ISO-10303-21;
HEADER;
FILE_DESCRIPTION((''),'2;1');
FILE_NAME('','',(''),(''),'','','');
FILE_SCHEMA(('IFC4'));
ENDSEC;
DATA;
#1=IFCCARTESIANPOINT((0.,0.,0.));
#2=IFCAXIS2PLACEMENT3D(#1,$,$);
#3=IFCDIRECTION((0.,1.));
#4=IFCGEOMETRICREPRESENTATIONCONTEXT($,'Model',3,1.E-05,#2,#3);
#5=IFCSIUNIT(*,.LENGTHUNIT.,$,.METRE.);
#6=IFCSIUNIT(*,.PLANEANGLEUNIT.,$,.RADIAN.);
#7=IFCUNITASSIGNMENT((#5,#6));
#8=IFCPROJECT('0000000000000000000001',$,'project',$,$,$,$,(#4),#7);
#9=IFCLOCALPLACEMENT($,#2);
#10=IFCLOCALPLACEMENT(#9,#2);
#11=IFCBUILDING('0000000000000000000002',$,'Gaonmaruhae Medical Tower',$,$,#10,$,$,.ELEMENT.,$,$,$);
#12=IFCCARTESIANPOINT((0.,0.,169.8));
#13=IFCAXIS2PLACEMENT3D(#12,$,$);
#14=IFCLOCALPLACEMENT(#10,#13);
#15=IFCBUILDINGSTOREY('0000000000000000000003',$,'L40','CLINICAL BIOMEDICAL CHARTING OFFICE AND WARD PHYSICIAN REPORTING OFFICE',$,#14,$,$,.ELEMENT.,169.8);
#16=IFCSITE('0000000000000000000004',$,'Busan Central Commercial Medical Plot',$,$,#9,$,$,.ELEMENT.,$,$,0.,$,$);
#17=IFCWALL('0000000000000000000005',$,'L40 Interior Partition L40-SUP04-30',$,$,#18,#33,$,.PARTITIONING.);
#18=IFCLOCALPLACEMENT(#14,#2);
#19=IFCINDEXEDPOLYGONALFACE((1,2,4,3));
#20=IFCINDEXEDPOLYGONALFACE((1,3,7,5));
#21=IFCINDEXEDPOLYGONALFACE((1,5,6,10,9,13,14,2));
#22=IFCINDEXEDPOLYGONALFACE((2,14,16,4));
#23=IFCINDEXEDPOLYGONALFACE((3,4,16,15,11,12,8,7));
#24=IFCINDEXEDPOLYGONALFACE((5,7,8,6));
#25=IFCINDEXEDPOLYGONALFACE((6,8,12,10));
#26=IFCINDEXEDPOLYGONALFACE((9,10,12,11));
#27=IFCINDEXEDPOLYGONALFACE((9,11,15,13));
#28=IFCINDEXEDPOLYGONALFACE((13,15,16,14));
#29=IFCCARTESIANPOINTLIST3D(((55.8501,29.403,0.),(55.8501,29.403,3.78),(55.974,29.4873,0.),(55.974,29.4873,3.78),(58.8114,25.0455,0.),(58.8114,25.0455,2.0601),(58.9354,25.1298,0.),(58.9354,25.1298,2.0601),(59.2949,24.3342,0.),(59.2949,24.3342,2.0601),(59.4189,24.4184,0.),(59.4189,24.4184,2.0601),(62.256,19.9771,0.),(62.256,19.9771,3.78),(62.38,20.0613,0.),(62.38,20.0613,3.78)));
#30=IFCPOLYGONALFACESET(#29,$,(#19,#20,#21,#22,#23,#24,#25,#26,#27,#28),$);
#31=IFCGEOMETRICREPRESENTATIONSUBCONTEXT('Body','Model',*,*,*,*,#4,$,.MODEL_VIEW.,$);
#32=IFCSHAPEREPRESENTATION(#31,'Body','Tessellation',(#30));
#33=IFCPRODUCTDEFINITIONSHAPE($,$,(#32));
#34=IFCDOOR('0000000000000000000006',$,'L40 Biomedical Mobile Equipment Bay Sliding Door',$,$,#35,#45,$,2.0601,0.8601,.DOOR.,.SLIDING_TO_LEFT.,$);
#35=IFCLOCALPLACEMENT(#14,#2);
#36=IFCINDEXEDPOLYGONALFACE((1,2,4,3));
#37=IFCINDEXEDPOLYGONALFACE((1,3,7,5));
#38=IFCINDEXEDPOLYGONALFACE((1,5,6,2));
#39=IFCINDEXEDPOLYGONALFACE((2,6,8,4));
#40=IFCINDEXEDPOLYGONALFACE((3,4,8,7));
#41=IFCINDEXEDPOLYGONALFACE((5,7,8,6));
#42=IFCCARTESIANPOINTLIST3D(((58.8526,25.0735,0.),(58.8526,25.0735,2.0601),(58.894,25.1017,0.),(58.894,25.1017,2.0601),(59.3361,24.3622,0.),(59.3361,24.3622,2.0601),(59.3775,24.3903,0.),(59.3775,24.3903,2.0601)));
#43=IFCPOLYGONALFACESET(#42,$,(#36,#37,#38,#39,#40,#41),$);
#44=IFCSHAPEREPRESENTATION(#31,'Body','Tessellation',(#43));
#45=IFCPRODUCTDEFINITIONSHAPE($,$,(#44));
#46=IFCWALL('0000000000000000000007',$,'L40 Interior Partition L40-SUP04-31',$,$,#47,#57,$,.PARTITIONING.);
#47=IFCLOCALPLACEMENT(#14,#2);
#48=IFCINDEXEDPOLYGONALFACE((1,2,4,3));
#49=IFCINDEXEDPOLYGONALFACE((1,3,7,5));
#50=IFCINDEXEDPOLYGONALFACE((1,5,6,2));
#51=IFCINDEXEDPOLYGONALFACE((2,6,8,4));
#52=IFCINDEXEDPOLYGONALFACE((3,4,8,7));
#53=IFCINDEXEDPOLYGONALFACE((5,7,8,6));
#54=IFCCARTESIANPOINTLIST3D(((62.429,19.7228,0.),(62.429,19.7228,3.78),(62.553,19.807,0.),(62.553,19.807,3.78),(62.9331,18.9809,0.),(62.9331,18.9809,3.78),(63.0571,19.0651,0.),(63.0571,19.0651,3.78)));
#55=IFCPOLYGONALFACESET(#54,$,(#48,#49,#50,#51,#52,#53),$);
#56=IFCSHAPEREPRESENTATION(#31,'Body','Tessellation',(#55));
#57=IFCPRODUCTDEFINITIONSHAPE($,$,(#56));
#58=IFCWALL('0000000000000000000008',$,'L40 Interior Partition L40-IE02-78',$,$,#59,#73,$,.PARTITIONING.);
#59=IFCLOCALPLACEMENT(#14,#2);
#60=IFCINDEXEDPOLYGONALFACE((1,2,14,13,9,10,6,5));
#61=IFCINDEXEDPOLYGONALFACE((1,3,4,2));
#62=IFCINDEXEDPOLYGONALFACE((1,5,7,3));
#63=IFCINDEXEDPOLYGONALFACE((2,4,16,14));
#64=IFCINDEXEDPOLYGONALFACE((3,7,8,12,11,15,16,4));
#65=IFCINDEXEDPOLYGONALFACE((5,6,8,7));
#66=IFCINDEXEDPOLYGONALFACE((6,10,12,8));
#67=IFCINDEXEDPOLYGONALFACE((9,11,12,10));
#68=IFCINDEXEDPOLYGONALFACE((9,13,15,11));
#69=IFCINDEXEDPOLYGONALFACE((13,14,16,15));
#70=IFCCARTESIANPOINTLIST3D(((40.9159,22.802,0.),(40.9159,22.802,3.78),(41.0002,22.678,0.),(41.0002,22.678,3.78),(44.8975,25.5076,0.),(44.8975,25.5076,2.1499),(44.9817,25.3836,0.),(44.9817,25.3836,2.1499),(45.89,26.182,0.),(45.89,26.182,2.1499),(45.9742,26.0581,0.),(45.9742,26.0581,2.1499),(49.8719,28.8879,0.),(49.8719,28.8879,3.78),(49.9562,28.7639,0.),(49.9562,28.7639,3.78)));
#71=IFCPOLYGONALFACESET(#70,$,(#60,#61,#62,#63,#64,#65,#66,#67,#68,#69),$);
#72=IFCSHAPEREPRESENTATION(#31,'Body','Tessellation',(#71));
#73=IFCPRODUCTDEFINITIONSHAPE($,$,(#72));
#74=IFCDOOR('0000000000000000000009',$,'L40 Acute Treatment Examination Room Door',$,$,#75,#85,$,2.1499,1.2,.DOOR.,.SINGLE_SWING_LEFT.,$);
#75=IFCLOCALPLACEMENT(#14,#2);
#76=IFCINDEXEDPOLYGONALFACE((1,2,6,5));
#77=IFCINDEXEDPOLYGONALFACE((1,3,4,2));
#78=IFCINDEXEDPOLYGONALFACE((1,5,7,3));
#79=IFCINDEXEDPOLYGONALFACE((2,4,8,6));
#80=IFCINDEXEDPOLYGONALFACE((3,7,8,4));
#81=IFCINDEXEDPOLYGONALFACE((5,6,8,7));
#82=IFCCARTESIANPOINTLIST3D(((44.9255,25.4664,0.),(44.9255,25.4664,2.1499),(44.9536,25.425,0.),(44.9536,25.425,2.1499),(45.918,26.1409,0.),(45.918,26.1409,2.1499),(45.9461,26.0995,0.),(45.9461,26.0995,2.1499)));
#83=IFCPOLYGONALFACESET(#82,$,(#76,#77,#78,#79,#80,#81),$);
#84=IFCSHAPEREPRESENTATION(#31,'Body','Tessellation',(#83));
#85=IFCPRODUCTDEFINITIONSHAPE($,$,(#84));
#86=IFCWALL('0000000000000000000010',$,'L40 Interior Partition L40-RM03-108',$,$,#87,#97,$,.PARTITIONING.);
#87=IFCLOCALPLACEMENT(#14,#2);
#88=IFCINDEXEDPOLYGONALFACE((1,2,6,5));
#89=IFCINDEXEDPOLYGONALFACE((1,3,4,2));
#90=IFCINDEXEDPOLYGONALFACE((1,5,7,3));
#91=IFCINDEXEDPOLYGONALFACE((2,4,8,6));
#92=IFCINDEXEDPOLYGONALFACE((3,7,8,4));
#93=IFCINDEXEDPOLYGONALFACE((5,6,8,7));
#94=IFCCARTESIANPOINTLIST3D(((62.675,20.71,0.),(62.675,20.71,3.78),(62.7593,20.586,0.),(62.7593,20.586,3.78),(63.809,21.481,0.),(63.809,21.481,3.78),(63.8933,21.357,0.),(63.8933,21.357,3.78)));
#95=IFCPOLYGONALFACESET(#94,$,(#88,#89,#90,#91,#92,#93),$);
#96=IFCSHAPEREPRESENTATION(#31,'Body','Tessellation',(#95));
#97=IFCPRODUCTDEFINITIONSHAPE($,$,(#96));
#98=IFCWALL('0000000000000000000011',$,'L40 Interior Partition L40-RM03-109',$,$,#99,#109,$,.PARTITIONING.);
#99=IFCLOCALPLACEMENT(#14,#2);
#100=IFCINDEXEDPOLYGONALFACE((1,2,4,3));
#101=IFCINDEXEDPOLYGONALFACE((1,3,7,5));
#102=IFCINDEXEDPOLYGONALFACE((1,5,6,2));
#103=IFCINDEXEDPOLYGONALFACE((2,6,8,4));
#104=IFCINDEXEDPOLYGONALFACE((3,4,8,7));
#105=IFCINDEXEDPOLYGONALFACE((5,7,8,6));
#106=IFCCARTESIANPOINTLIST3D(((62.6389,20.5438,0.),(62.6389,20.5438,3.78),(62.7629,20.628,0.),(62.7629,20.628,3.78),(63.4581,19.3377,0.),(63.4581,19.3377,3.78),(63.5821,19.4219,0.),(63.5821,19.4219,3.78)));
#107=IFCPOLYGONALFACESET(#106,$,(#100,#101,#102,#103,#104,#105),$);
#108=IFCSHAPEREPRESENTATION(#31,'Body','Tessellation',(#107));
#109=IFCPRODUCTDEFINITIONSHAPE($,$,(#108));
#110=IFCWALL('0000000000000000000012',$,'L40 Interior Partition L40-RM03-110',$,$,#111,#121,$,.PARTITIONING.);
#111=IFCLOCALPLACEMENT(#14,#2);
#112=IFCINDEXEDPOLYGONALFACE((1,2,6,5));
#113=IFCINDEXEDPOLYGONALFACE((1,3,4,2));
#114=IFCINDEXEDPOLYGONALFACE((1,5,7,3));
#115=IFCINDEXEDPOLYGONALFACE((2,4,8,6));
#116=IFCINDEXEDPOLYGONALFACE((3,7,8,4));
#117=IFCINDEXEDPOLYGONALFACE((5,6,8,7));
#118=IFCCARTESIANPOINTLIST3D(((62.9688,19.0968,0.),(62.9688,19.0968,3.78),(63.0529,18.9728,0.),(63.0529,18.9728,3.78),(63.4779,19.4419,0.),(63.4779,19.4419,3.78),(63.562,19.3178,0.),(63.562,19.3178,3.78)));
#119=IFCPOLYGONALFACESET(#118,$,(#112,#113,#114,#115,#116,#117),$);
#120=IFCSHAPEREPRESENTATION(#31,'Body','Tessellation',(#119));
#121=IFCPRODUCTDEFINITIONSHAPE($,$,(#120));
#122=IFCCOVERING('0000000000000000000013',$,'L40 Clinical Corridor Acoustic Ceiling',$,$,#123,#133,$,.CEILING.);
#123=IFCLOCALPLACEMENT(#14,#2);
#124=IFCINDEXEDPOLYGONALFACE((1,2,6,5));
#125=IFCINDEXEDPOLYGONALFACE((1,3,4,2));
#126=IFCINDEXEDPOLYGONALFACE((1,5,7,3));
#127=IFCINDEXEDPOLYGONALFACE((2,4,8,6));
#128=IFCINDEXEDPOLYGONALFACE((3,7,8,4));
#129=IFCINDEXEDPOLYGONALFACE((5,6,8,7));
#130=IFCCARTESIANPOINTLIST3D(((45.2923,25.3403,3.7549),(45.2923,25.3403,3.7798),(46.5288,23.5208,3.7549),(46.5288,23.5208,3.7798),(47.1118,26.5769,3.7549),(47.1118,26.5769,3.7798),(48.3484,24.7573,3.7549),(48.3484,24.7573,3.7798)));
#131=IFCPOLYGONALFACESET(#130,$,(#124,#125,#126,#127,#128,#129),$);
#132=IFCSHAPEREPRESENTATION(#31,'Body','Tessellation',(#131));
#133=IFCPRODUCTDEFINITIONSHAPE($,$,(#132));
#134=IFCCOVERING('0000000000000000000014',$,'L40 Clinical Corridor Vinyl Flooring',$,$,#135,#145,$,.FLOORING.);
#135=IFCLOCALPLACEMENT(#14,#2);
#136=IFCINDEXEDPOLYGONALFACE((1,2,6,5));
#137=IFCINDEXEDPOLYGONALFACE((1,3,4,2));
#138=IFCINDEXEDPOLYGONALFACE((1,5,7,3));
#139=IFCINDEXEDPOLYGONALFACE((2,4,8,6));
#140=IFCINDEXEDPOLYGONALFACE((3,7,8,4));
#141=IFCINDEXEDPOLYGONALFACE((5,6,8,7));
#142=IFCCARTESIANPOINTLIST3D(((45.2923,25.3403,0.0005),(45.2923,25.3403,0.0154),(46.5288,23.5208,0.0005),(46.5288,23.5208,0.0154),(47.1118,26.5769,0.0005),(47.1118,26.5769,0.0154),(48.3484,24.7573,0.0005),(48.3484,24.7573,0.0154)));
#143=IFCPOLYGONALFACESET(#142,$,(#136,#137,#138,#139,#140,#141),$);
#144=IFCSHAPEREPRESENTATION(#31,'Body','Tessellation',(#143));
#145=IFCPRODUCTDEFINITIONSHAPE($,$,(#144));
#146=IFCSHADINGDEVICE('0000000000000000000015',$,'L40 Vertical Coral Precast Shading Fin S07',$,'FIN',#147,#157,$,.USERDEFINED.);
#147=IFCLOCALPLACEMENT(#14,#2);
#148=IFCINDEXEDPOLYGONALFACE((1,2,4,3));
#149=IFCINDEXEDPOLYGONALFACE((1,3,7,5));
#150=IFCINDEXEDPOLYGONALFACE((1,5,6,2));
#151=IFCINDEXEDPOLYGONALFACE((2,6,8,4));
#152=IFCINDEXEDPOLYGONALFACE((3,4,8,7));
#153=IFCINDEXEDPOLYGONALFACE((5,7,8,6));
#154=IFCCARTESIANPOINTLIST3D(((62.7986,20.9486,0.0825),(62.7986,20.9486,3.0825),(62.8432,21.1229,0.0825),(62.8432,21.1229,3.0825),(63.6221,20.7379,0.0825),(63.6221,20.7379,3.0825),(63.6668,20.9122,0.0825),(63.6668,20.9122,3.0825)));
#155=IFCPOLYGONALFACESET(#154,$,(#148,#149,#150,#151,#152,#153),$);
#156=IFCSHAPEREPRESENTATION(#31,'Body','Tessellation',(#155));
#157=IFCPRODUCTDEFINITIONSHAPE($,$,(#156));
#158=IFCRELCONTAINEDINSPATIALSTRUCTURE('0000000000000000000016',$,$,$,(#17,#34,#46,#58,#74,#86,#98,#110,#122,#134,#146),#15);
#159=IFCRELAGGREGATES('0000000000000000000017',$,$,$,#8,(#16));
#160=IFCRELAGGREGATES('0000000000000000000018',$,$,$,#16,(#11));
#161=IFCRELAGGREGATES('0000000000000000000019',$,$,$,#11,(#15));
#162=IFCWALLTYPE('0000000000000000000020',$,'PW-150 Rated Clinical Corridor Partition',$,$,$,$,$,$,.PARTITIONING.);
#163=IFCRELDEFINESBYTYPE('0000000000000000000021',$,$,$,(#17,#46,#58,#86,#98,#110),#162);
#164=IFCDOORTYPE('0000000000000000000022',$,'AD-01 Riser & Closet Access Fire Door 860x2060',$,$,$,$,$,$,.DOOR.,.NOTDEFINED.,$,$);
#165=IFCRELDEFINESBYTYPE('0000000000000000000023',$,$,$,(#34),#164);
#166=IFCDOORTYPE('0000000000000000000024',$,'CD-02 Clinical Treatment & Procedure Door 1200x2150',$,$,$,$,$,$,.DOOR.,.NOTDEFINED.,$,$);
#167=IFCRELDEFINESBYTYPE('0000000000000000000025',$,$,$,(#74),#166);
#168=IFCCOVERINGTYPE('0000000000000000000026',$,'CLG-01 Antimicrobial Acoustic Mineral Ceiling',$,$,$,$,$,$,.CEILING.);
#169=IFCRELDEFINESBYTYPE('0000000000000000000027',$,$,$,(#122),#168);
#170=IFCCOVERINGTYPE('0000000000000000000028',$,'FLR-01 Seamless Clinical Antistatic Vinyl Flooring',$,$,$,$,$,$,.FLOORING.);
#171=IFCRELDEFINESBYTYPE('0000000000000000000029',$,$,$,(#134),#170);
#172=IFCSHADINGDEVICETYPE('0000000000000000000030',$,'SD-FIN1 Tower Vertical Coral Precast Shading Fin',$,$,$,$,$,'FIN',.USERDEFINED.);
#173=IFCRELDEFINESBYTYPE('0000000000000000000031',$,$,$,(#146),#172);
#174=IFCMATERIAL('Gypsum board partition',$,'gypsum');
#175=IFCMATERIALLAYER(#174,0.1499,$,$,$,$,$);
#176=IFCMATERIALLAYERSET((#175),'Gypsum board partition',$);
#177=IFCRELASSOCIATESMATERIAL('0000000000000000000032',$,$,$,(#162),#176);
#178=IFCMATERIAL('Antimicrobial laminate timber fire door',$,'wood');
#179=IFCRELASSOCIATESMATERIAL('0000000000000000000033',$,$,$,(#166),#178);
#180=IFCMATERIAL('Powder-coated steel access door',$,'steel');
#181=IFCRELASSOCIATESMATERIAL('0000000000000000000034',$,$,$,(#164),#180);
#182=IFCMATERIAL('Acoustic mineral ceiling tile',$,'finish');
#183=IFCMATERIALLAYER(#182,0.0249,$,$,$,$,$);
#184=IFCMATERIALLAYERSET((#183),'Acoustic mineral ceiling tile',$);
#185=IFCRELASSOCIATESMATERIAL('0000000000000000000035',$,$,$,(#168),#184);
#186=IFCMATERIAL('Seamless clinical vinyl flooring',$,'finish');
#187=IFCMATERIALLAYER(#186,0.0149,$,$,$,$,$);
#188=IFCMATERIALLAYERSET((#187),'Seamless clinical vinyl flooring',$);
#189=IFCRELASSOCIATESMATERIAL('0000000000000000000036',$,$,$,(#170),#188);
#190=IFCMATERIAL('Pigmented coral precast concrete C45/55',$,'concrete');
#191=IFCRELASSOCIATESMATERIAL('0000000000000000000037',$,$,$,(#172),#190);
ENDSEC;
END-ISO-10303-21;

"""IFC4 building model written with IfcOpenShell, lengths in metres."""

from ifc_helpers import new_model, si_unit, direction, frame, frame_2d, origin, origin_2d, place, context, subcontext, project, spatial, rectangle, extrude, material, layer, layer_set, type_object, element, fill, save


model = new_model("IFC4")

# Units and contexts
model_context = context("Model", 3, precision=1e-05, world=origin(), true_north=direction((0.0, 1.0)))
body_context = subcontext(model_context, "Body", "Model", "MODEL_VIEW")
ifc_project = project(units=[si_unit("LENGTHUNIT", "METRE"), si_unit("PLANEANGLEUNIT", "RADIAN")], contexts=[model_context])

# Site, building, storey
site_placement = place(None, origin())
site = spatial("IfcSite", under=ifc_project, at=site_placement, Name="Busan Central Commercial Medical Plot", CompositionType="ELEMENT", RefElevation=0.0)
building_placement = place(site_placement, origin())
building = spatial("IfcBuilding", under=site, at=building_placement, Name="Gaonmaruhae Medical Tower", CompositionType="ELEMENT")
storey_placement = place(building_placement, frame((0.0, 0.0, 169.8)))
storey = spatial("IfcBuildingStorey", under=building, at=storey_placement, Name="L40", Description="CLINICAL BIOMEDICAL CHARTING OFFICE AND WARD PHYSICIAN REPORTING OFFICE", CompositionType="ELEMENT", Elevation=169.8)

# Shared definitions
ifc_material_1 = material(Name="Gypsum board partition", Category="gypsum")
ifc_layer_1 = layer(ifc_material_1, 0.1499)
ifc_layer_set_1 = layer_set([ifc_layer_1], Name="Gypsum board partition")
wall_type_1 = type_object("IfcWallType", Name="PW-150 Rated Clinical Corridor Partition", PredefinedType="PARTITIONING", material=ifc_layer_set_1)

# Wall, opening, door
ifc_material_2 = material(Name="Antimicrobial laminate timber fire door", Category="wood")
door_type_1 = type_object("IfcDoorType", Name="CD-02 Clinical Treatment & Procedure Door 1200x2150", OperationType="NOTDEFINED", PredefinedType="DOOR", material=ifc_material_2)
wall_1_placement = place(storey_placement, frame((55.9121, 29.4451, 0.0), z_axis=(0.0, 0.0, 1.0), x_axis=(0.562089, -0.827077, 0.0)))
wall_1 = element("IfcWall", 1, at=wall_1_placement, inside=storey, type_object=wall_type_1, Name="L40 Interior Partition L40-SUP04-30", PredefinedType="PARTITIONING", context=body_context, shape_type="SweptSolid", body=[
    extrude(rectangle(XDim=11.3967, YDim=0.1499, at=frame_2d((5.6982, 0.0))), origin(), (0.0, 0.0, 1.0), 3.78),
])
opening_1_placement = place(wall_1_placement, frame((5.2683, 0.0, 0.0)))
opening_1 = element("IfcOpeningElement", 2, at=opening_1_placement, cuts=wall_1, PredefinedType="OPENING", context=body_context, shape_type="SweptSolid", body=[
    extrude(rectangle(XDim=0.8601, YDim=2.0601, at=frame_2d((0.4302, 1.03))), frame((0.0, 0.085, 0.0), z_axis=(0.0, -1.0, 0.0), x_axis=(1.0, 0.0, 0.0)), (0.0, 0.0, 1.0), 0.1699),
])
ifc_material_3 = material(Name="Powder-coated steel access door", Category="steel")
door_type_2 = type_object("IfcDoorType", Name="AD-01 Riser & Closet Access Fire Door 860x2060", OperationType="NOTDEFINED", PredefinedType="DOOR", material=ifc_material_3)
door_1_placement = place(opening_1_placement, origin())
door_1 = element("IfcDoor", 3, at=door_1_placement, inside=storey, type_object=door_type_2, Name="L40 Biomedical Mobile Equipment Bay Sliding Door", OperationType="SLIDING_TO_LEFT", OverallHeight=2.0601, OverallWidth=0.8601, PredefinedType="DOOR", context=body_context, shape_type="SweptSolid", body=[
    extrude(rectangle(XDim=0.8601, YDim=2.0601, at=frame_2d((0.4302, 1.03))), frame((0.0, 0.0249, 0.0), z_axis=(0.0, -1.0, 0.0), x_axis=(1.0, 0.0, 0.0)), (0.0, 0.0, 1.0), 0.05),
])
fill(opening_1, door_1)

# Wall
wall_2_placement = place(storey_placement, frame((62.491, 19.7649, 0.0), z_axis=(0.0, 0.0, 1.0), x_axis=(0.562027, -0.827119, 0.0)))
element("IfcWall", 4, at=wall_2_placement, inside=storey, type_object=wall_type_1, Name="L40 Interior Partition L40-SUP04-31", PredefinedType="PARTITIONING", context=body_context, shape_type="SweptSolid", body=[
    extrude(rectangle(XDim=0.897, YDim=0.1499, at=frame_2d((0.4485, 0.0))), origin(), (0.0, 0.0, 1.0), 3.78),
])

# Wall, opening, door
wall_3_placement = place(storey_placement, frame((49.9141, 28.8259, 0.0), z_axis=(0.0, 0.0, 1.0), x_axis=(-0.827106, -0.562046, 0.0)))
wall_3 = element("IfcWall", 5, at=wall_3_placement, inside=storey, type_object=wall_type_1, Name="L40 Interior Partition L40-IE02-78", PredefinedType="PARTITIONING", context=body_context, shape_type="SweptSolid", body=[
    extrude(rectangle(XDim=10.8281, YDim=0.1499, at=frame_2d((5.4141, 0.0))), origin(), (0.0, 0.0, 1.0), 3.78),
])
opening_2_placement = place(wall_3_placement, frame((4.8142, 0.0, 0.0)))
opening_2 = element("IfcOpeningElement", 6, at=opening_2_placement, cuts=wall_3, PredefinedType="OPENING", context=body_context, shape_type="SweptSolid", body=[
    extrude(rectangle(XDim=1.2, YDim=2.1499, at=frame_2d((0.6001, 1.075))), frame((0.0, 0.085, 0.0), z_axis=(0.0, -1.0, 0.0), x_axis=(1.0, 0.0, 0.0)), (0.0, 0.0, 1.0), 0.1699),
])
door_2_placement = place(opening_2_placement, origin())
door_2 = element("IfcDoor", 7, at=door_2_placement, inside=storey, type_object=door_type_1, Name="L40 Acute Treatment Examination Room Door", OperationType="SINGLE_SWING_LEFT", OverallHeight=2.1499, OverallWidth=1.2, PredefinedType="DOOR", context=body_context, shape_type="SweptSolid", body=[
    extrude(rectangle(XDim=1.2, YDim=2.1499, at=frame_2d((0.6001, 1.075))), frame((0.0, 0.0249, 0.0), z_axis=(0.0, -1.0, 0.0), x_axis=(1.0, 0.0, 0.0)), (0.0, 0.0, 1.0), 0.05),
])
fill(opening_2, door_2)

# Walls
wall_4_placement = place(storey_placement, frame((63.8511, 21.4189, 0.0), z_axis=(0.0, 0.0, 1.0), x_axis=(-0.826976, -0.562237, 0.0)))
element("IfcWall", 8, at=wall_4_placement, inside=storey, type_object=wall_type_1, Name="L40 Interior Partition L40-RM03-108", PredefinedType="PARTITIONING", context=body_context, shape_type="SweptSolid", body=[
    extrude(rectangle(XDim=1.3713, YDim=0.1499, at=frame_2d((0.6855, 0.0))), origin(), (0.0, 0.0, 1.0), 3.78),
])
wall_5_placement = place(storey_placement, frame((62.7009, 20.5859, 0.0), z_axis=(0.0, 0.0, 1.0), x_axis=(0.561829, -0.827253, 0.0)))
element("IfcWall", 9, at=wall_5_placement, inside=storey, type_object=wall_type_1, Name="L40 Interior Partition L40-RM03-109", PredefinedType="PARTITIONING", context=body_context, shape_type="SweptSolid", body=[
    extrude(rectangle(XDim=1.458, YDim=0.1499, at=frame_2d((0.729, 0.0))), origin(), (0.0, 0.0, 1.0), 3.78),
])
wall_6_placement = place(storey_placement, frame((63.52, 19.3799, 0.0), z_axis=(0.0, 0.0, 1.0), x_axis=(-0.827812, -0.561006, 0.0)))
element("IfcWall", 10, at=wall_6_placement, inside=storey, type_object=wall_type_1, Name="L40 Interior Partition L40-RM03-110", PredefinedType="PARTITIONING", context=body_context, shape_type="SweptSolid", body=[
    extrude(rectangle(XDim=0.615, YDim=0.1499, at=frame_2d((0.3076, 0.0))), origin(), (0.0, 0.0, 1.0), 3.78),
])

# Coverings
ifc_material_4 = material(Name="Acoustic mineral ceiling tile", Category="finish")
ifc_layer_2 = layer(ifc_material_4, 0.0249)
ifc_layer_set_2 = layer_set([ifc_layer_2], Name="Acoustic mineral ceiling tile")
covering_type_1 = type_object("IfcCoveringType", Name="CLG-01 Antimicrobial Acoustic Mineral Ceiling", PredefinedType="CEILING", material=ifc_layer_set_2)
covering_1_placement = place(storey_placement, frame((46.8203, 25.0488, 3.7549), z_axis=(0.0, 0.0, 1.0), x_axis=(0.827081, 0.562083, 0.0)))
element("IfcCovering", 11, at=covering_1_placement, inside=storey, type_object=covering_type_1, Name="L40 Clinical Corridor Acoustic Ceiling", PredefinedType="CEILING", context=body_context, shape_type="SweptSolid", body=[
    extrude(rectangle(XDim=2.2, YDim=2.2, at=origin_2d()), origin(), (0.0, 0.0, 1.0), 0.0249),
])
ifc_material_5 = material(Name="Seamless clinical vinyl flooring", Category="finish")
ifc_layer_3 = layer(ifc_material_5, 0.0149)
ifc_layer_set_3 = layer_set([ifc_layer_3], Name="Seamless clinical vinyl flooring")
covering_type_2 = type_object("IfcCoveringType", Name="FLR-01 Seamless Clinical Antistatic Vinyl Flooring", PredefinedType="FLOORING", material=ifc_layer_set_3)
covering_2_placement = place(storey_placement, frame((46.8203, 25.0488, 0.0005), z_axis=(0.0, 0.0, 1.0), x_axis=(0.827081, 0.562083, 0.0)))
element("IfcCovering", 12, at=covering_2_placement, inside=storey, type_object=covering_type_2, Name="L40 Clinical Corridor Vinyl Flooring", PredefinedType="FLOORING", context=body_context, shape_type="SweptSolid", body=[
    extrude(rectangle(XDim=2.2, YDim=2.2, at=origin_2d()), origin(), (0.0, 0.0, 1.0), 0.0149),
])

# Shading device
ifc_material_6 = material(Name="Pigmented coral precast concrete C45/55", Category="concrete")
shading_device_type = type_object("IfcShadingDeviceType", Name="SD-FIN1 Tower Vertical Coral Precast Shading Fin", ElementType="FIN", PredefinedType="USERDEFINED", material=ifc_material_6)
shading_device_placement = place(storey_placement, frame((63.2327, 20.9304, 0.0825), z_axis=(0.0, 0.0, 1.0), x_axis=(-0.247878, -0.968791, 0.0)))
element("IfcShadingDevice", 13, at=shading_device_placement, inside=storey, type_object=shading_device_type, Name="L40 Vertical Coral Precast Shading Fin S07", ObjectType="FIN", PredefinedType="USERDEFINED", context=body_context, shape_type="SweptSolid", body=[
    extrude(rectangle(XDim=0.1799, YDim=0.8501, at=origin_2d()), origin(), (0.0, 0.0, 1.0), 3.0),
])

save(model, "model.ifc")
